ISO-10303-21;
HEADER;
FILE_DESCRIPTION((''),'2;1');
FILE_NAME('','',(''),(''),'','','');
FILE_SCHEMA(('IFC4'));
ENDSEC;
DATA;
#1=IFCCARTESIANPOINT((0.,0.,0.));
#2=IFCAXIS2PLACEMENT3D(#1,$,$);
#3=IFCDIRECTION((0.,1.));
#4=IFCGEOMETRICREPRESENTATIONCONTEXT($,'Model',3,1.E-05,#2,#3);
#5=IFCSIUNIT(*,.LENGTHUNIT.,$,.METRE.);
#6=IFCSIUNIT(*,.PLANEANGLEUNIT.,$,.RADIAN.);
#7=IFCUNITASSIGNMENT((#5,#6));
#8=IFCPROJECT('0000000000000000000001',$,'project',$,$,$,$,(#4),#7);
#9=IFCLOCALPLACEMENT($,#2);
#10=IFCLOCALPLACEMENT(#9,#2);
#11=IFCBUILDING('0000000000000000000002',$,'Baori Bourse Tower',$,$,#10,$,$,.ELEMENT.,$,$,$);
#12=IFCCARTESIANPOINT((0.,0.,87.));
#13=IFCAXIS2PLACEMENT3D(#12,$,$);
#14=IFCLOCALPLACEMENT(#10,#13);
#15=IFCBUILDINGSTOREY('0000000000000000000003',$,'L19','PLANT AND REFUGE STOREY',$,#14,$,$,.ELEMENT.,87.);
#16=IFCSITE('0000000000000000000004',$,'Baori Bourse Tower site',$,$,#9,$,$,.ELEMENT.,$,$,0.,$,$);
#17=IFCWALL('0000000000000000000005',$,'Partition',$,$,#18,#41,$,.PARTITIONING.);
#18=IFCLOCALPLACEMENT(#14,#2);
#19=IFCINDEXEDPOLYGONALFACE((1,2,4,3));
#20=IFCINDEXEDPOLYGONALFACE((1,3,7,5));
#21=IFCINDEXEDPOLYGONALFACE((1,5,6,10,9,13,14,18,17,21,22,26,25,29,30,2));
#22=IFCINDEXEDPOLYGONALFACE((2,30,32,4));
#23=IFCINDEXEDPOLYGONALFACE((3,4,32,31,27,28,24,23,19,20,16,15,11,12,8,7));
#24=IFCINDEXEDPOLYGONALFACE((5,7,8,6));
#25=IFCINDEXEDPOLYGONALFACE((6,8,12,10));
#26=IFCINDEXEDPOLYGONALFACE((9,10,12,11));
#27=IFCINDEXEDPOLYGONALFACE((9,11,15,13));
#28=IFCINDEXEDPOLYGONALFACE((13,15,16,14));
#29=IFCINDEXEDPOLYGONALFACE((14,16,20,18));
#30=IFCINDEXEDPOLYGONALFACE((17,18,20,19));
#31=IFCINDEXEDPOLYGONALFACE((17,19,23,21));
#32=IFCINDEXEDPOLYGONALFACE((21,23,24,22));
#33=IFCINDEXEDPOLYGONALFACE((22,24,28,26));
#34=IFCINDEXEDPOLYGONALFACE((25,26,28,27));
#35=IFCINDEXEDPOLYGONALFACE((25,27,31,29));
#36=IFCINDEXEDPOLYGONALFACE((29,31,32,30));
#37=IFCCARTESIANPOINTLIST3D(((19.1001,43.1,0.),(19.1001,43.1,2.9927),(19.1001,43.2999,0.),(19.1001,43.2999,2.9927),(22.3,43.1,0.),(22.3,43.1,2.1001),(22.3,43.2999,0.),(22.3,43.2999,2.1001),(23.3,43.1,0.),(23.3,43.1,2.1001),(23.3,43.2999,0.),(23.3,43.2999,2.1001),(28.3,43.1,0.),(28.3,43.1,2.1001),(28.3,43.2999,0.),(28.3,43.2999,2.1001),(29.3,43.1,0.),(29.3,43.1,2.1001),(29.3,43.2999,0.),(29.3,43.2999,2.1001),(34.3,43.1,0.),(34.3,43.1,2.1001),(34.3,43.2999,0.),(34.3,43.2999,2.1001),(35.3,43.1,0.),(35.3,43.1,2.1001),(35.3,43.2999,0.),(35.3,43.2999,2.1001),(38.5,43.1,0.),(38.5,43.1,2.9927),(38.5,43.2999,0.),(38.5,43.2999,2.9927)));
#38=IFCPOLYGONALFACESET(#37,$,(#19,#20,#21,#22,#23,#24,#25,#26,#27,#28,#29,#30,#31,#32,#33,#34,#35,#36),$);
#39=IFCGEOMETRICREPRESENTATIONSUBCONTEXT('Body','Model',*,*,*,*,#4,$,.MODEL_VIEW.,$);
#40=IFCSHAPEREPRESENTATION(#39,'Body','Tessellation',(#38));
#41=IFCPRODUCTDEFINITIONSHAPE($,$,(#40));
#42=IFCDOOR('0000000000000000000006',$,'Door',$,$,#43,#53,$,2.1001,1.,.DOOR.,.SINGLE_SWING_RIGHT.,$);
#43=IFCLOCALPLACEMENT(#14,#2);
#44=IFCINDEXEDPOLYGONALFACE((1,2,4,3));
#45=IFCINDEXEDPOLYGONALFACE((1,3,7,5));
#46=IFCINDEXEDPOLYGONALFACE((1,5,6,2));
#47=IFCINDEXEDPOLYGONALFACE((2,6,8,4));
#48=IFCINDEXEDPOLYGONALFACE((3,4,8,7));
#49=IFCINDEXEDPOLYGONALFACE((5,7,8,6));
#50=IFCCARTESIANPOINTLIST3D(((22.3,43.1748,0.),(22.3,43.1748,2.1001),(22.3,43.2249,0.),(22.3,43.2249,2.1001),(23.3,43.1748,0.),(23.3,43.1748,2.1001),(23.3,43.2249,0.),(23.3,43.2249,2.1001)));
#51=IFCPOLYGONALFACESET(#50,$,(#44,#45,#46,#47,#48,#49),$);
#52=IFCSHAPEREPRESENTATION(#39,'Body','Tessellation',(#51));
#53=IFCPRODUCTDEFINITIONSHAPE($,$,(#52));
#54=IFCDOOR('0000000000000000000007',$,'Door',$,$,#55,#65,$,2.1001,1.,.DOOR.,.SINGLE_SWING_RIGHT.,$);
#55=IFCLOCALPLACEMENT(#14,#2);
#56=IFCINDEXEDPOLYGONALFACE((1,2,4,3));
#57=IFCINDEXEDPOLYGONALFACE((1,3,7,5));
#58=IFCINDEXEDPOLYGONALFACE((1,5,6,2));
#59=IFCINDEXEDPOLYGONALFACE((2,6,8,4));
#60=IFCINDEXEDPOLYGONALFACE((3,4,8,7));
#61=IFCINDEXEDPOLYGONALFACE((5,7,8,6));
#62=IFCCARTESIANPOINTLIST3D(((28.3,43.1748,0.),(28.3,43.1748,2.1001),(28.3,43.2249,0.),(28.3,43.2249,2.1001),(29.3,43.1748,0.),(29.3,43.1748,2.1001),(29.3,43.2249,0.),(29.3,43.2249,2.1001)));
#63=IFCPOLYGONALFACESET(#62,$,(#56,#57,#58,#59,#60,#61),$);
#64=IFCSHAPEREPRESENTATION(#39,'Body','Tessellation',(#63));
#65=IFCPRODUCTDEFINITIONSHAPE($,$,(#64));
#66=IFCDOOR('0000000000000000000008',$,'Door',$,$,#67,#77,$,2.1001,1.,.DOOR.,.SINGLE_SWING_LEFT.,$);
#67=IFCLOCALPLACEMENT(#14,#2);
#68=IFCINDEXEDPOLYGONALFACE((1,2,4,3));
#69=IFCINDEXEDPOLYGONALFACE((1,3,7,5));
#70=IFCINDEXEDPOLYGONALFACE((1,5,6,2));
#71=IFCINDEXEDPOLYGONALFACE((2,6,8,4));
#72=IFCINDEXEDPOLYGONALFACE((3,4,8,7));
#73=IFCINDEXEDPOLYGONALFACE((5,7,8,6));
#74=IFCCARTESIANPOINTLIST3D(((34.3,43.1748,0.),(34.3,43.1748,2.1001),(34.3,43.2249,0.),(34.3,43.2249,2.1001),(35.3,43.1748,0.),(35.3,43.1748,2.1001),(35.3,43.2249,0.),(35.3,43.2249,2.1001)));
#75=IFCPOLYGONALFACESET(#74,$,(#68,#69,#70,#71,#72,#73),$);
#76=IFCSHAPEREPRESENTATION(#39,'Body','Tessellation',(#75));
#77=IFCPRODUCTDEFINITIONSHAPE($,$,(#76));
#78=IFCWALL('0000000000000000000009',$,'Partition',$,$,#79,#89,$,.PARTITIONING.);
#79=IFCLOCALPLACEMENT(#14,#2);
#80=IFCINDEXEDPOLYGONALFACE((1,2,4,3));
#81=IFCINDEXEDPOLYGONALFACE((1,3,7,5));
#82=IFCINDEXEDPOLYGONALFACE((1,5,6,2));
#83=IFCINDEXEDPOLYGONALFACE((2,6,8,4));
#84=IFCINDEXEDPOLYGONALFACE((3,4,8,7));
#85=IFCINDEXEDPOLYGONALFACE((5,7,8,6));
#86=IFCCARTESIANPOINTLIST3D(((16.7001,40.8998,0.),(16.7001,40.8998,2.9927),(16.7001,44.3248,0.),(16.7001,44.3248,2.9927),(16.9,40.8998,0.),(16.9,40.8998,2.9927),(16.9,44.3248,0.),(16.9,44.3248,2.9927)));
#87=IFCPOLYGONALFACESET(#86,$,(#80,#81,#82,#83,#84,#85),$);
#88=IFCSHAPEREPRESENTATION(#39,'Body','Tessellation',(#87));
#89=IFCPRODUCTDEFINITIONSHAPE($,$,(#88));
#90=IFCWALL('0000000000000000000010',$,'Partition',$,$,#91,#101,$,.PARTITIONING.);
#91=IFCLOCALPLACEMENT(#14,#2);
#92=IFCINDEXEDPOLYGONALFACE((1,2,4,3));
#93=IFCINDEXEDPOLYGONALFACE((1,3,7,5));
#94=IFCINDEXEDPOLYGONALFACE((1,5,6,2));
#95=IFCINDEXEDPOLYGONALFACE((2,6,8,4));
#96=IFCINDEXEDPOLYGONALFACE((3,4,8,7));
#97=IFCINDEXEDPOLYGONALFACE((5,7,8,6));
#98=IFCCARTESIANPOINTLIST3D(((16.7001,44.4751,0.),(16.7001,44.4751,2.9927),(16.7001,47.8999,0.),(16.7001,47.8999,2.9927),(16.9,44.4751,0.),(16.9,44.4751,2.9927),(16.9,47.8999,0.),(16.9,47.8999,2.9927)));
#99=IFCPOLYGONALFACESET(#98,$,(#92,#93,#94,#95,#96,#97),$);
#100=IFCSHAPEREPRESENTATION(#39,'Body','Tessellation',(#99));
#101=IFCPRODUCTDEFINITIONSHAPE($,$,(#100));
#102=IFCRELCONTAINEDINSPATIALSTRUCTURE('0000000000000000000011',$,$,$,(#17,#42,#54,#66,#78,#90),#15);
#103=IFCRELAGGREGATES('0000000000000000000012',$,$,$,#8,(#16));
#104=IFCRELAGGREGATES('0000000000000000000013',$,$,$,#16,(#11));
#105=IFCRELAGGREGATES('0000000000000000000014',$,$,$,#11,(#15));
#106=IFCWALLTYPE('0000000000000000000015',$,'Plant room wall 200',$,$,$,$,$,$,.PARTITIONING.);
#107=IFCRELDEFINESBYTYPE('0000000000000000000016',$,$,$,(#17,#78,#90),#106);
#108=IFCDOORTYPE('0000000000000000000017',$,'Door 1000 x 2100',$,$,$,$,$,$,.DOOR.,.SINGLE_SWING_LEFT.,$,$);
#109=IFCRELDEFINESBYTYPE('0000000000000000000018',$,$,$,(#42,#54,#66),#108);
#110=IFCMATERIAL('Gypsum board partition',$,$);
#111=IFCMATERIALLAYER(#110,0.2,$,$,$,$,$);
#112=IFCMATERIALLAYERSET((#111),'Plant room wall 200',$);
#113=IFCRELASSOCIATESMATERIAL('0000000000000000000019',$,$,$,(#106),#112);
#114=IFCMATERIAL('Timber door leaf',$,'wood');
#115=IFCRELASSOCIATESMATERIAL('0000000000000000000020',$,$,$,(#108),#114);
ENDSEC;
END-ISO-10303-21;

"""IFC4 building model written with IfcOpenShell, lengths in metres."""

from ifc_helpers import new_model, si_unit, direction, frame, frame_2d, origin, place, context, subcontext, project, spatial, rectangle, extrude, material, layer, layer_set, type_object, element, fill, save


model = new_model("IFC4")

# Units and contexts
model_context = context("Model", 3, precision=1e-05, world=origin(), true_north=direction((0.0, 1.0)))
body_context = subcontext(model_context, "Body", "Model", "MODEL_VIEW")
ifc_project = project(units=[si_unit("LENGTHUNIT", "METRE"), si_unit("PLANEANGLEUNIT", "RADIAN")], contexts=[model_context])

# Site, building, storey
site_placement = place(None, origin())
site = spatial("IfcSite", under=ifc_project, at=site_placement, Name="Baori Bourse Tower site", CompositionType="ELEMENT", RefElevation=0.0)
building_placement = place(site_placement, origin())
building = spatial("IfcBuilding", under=site, at=building_placement, Name="Baori Bourse Tower", CompositionType="ELEMENT")
storey_placement = place(building_placement, frame((0.0, 0.0, 87.0)))
storey = spatial("IfcBuildingStorey", under=building, at=storey_placement, Name="L19", Description="PLANT AND REFUGE STOREY", CompositionType="ELEMENT", Elevation=87.0)

# Shared definitions
ifc_material_1 = material(Name="Gypsum board partition")
ifc_layer_1 = layer(ifc_material_1, 0.2)
ifc_layer_set_1 = layer_set([ifc_layer_1], Name="Plant room wall 200")
wall_type_1 = type_object("IfcWallType", Name="Plant room wall 200", PredefinedType="PARTITIONING", material=ifc_layer_set_1)
ifc_material_2 = material(Name="Timber door leaf", Category="wood")
door_type_1 = type_object("IfcDoorType", Name="Door 1000 x 2100", OperationType="SINGLE_SWING_LEFT", PredefinedType="DOOR", material=ifc_material_2)

# Wall, openings, doors
wall_1_placement = place(storey_placement, frame((19.1001, 43.2, 0.0), z_axis=(0.0, 0.0, 1.0), x_axis=(1.0, 0.0, 0.0)))
wall_1 = element("IfcWall", 1, at=wall_1_placement, inside=storey, type_object=wall_type_1, Name="Partition", PredefinedType="PARTITIONING", context=body_context, shape_type="SweptSolid", body=[
    extrude(rectangle(XDim=19.3999, YDim=0.2, at=frame_2d((9.7, 0.0))), origin(), (0.0, 0.0, 1.0), 2.9927),
])
opening_1_placement = place(wall_1_placement, frame((3.2, 0.0, 0.0)))
opening_1 = element("IfcOpeningElement", 2, at=opening_1_placement, cuts=wall_1, PredefinedType="OPENING", context=body_context, shape_type="SweptSolid", body=[
    extrude(rectangle(XDim=1.0, YDim=2.1001, at=frame_2d((0.5, 1.05))), frame((0.0, 0.1099, 0.0), z_axis=(0.0, -1.0, 0.0), x_axis=(1.0, 0.0, 0.0)), (0.0, 0.0, 1.0), 0.22),
])
opening_2_placement = place(wall_1_placement, frame((9.2, 0.0, 0.0)))
opening_2 = element("IfcOpeningElement", 3, at=opening_2_placement, cuts=wall_1, PredefinedType="OPENING", context=body_context, shape_type="SweptSolid", body=[
    extrude(rectangle(XDim=1.0, YDim=2.1001, at=frame_2d((0.5, 1.05))), frame((0.0, 0.1099, 0.0), z_axis=(0.0, -1.0, 0.0), x_axis=(1.0, 0.0, 0.0)), (0.0, 0.0, 1.0), 0.22),
])
opening_3_placement = place(wall_1_placement, frame((15.2, 0.0, 0.0)))
opening_3 = element("IfcOpeningElement", 4, at=opening_3_placement, cuts=wall_1, PredefinedType="OPENING", context=body_context, shape_type="SweptSolid", body=[
    extrude(rectangle(XDim=1.0, YDim=2.1001, at=frame_2d((0.5, 1.05))), frame((0.0, 0.1099, 0.0), z_axis=(0.0, -1.0, 0.0), x_axis=(1.0, 0.0, 0.0)), (0.0, 0.0, 1.0), 0.22),
])
door_1_placement = place(opening_1_placement, origin())
door_1 = element("IfcDoor", 5, at=door_1_placement, inside=storey, type_object=door_type_1, Name="Door", OperationType="SINGLE_SWING_RIGHT", OverallHeight=2.1001, OverallWidth=1.0, PredefinedType="DOOR", context=body_context, shape_type="SweptSolid", body=[
    extrude(rectangle(XDim=1.0, YDim=2.1001, at=frame_2d((0.5, 1.05))), frame((0.0, 0.0249, 0.0), z_axis=(0.0, -1.0, 0.0), x_axis=(1.0, 0.0, 0.0)), (0.0, 0.0, 1.0), 0.05),
])
fill(opening_1, door_1)
door_2_placement = place(opening_2_placement, origin())
door_2 = element("IfcDoor", 6, at=door_2_placement, inside=storey, type_object=door_type_1, Name="Door", OperationType="SINGLE_SWING_RIGHT", OverallHeight=2.1001, OverallWidth=1.0, PredefinedType="DOOR", context=body_context, shape_type="SweptSolid", body=[
    extrude(rectangle(XDim=1.0, YDim=2.1001, at=frame_2d((0.5, 1.05))), frame((0.0, 0.0249, 0.0), z_axis=(0.0, -1.0, 0.0), x_axis=(1.0, 0.0, 0.0)), (0.0, 0.0, 1.0), 0.05),
])
fill(opening_2, door_2)
door_3_placement = place(opening_3_placement, origin())
door_3 = element("IfcDoor", 7, at=door_3_placement, inside=storey, type_object=door_type_1, Name="Door", OperationType="SINGLE_SWING_LEFT", OverallHeight=2.1001, OverallWidth=1.0, PredefinedType="DOOR", context=body_context, shape_type="SweptSolid", body=[
    extrude(rectangle(XDim=1.0, YDim=2.1001, at=frame_2d((0.5, 1.05))), frame((0.0, 0.0249, 0.0), z_axis=(0.0, -1.0, 0.0), x_axis=(1.0, 0.0, 0.0)), (0.0, 0.0, 1.0), 0.05),
])
fill(opening_3, door_3)

# Walls
wall_2_placement = place(storey_placement, frame((16.8, 40.8999, 0.0), z_axis=(0.0, 0.0, 1.0), x_axis=(0.0, 1.0, 0.0)))
element("IfcWall", 8, at=wall_2_placement, inside=storey, type_object=wall_type_1, Name="Partition", PredefinedType="PARTITIONING", context=body_context, shape_type="SweptSolid", body=[
    extrude(rectangle(XDim=3.425, YDim=0.2, at=frame_2d((1.7124, 0.0))), origin(), (0.0, 0.0, 1.0), 2.9927),
])
wall_3_placement = place(storey_placement, frame((16.8, 44.4751, 0.0), z_axis=(0.0, 0.0, 1.0), x_axis=(0.0, 1.0, 0.0)))
element("IfcWall", 9, at=wall_3_placement, inside=storey, type_object=wall_type_1, Name="Partition", PredefinedType="PARTITIONING", context=body_context, shape_type="SweptSolid", body=[
    extrude(rectangle(XDim=3.4248, YDim=0.2, at=frame_2d((1.7124, 0.0))), origin(), (0.0, 0.0, 1.0), 2.9927),
])

save(model, "model.ifc")
